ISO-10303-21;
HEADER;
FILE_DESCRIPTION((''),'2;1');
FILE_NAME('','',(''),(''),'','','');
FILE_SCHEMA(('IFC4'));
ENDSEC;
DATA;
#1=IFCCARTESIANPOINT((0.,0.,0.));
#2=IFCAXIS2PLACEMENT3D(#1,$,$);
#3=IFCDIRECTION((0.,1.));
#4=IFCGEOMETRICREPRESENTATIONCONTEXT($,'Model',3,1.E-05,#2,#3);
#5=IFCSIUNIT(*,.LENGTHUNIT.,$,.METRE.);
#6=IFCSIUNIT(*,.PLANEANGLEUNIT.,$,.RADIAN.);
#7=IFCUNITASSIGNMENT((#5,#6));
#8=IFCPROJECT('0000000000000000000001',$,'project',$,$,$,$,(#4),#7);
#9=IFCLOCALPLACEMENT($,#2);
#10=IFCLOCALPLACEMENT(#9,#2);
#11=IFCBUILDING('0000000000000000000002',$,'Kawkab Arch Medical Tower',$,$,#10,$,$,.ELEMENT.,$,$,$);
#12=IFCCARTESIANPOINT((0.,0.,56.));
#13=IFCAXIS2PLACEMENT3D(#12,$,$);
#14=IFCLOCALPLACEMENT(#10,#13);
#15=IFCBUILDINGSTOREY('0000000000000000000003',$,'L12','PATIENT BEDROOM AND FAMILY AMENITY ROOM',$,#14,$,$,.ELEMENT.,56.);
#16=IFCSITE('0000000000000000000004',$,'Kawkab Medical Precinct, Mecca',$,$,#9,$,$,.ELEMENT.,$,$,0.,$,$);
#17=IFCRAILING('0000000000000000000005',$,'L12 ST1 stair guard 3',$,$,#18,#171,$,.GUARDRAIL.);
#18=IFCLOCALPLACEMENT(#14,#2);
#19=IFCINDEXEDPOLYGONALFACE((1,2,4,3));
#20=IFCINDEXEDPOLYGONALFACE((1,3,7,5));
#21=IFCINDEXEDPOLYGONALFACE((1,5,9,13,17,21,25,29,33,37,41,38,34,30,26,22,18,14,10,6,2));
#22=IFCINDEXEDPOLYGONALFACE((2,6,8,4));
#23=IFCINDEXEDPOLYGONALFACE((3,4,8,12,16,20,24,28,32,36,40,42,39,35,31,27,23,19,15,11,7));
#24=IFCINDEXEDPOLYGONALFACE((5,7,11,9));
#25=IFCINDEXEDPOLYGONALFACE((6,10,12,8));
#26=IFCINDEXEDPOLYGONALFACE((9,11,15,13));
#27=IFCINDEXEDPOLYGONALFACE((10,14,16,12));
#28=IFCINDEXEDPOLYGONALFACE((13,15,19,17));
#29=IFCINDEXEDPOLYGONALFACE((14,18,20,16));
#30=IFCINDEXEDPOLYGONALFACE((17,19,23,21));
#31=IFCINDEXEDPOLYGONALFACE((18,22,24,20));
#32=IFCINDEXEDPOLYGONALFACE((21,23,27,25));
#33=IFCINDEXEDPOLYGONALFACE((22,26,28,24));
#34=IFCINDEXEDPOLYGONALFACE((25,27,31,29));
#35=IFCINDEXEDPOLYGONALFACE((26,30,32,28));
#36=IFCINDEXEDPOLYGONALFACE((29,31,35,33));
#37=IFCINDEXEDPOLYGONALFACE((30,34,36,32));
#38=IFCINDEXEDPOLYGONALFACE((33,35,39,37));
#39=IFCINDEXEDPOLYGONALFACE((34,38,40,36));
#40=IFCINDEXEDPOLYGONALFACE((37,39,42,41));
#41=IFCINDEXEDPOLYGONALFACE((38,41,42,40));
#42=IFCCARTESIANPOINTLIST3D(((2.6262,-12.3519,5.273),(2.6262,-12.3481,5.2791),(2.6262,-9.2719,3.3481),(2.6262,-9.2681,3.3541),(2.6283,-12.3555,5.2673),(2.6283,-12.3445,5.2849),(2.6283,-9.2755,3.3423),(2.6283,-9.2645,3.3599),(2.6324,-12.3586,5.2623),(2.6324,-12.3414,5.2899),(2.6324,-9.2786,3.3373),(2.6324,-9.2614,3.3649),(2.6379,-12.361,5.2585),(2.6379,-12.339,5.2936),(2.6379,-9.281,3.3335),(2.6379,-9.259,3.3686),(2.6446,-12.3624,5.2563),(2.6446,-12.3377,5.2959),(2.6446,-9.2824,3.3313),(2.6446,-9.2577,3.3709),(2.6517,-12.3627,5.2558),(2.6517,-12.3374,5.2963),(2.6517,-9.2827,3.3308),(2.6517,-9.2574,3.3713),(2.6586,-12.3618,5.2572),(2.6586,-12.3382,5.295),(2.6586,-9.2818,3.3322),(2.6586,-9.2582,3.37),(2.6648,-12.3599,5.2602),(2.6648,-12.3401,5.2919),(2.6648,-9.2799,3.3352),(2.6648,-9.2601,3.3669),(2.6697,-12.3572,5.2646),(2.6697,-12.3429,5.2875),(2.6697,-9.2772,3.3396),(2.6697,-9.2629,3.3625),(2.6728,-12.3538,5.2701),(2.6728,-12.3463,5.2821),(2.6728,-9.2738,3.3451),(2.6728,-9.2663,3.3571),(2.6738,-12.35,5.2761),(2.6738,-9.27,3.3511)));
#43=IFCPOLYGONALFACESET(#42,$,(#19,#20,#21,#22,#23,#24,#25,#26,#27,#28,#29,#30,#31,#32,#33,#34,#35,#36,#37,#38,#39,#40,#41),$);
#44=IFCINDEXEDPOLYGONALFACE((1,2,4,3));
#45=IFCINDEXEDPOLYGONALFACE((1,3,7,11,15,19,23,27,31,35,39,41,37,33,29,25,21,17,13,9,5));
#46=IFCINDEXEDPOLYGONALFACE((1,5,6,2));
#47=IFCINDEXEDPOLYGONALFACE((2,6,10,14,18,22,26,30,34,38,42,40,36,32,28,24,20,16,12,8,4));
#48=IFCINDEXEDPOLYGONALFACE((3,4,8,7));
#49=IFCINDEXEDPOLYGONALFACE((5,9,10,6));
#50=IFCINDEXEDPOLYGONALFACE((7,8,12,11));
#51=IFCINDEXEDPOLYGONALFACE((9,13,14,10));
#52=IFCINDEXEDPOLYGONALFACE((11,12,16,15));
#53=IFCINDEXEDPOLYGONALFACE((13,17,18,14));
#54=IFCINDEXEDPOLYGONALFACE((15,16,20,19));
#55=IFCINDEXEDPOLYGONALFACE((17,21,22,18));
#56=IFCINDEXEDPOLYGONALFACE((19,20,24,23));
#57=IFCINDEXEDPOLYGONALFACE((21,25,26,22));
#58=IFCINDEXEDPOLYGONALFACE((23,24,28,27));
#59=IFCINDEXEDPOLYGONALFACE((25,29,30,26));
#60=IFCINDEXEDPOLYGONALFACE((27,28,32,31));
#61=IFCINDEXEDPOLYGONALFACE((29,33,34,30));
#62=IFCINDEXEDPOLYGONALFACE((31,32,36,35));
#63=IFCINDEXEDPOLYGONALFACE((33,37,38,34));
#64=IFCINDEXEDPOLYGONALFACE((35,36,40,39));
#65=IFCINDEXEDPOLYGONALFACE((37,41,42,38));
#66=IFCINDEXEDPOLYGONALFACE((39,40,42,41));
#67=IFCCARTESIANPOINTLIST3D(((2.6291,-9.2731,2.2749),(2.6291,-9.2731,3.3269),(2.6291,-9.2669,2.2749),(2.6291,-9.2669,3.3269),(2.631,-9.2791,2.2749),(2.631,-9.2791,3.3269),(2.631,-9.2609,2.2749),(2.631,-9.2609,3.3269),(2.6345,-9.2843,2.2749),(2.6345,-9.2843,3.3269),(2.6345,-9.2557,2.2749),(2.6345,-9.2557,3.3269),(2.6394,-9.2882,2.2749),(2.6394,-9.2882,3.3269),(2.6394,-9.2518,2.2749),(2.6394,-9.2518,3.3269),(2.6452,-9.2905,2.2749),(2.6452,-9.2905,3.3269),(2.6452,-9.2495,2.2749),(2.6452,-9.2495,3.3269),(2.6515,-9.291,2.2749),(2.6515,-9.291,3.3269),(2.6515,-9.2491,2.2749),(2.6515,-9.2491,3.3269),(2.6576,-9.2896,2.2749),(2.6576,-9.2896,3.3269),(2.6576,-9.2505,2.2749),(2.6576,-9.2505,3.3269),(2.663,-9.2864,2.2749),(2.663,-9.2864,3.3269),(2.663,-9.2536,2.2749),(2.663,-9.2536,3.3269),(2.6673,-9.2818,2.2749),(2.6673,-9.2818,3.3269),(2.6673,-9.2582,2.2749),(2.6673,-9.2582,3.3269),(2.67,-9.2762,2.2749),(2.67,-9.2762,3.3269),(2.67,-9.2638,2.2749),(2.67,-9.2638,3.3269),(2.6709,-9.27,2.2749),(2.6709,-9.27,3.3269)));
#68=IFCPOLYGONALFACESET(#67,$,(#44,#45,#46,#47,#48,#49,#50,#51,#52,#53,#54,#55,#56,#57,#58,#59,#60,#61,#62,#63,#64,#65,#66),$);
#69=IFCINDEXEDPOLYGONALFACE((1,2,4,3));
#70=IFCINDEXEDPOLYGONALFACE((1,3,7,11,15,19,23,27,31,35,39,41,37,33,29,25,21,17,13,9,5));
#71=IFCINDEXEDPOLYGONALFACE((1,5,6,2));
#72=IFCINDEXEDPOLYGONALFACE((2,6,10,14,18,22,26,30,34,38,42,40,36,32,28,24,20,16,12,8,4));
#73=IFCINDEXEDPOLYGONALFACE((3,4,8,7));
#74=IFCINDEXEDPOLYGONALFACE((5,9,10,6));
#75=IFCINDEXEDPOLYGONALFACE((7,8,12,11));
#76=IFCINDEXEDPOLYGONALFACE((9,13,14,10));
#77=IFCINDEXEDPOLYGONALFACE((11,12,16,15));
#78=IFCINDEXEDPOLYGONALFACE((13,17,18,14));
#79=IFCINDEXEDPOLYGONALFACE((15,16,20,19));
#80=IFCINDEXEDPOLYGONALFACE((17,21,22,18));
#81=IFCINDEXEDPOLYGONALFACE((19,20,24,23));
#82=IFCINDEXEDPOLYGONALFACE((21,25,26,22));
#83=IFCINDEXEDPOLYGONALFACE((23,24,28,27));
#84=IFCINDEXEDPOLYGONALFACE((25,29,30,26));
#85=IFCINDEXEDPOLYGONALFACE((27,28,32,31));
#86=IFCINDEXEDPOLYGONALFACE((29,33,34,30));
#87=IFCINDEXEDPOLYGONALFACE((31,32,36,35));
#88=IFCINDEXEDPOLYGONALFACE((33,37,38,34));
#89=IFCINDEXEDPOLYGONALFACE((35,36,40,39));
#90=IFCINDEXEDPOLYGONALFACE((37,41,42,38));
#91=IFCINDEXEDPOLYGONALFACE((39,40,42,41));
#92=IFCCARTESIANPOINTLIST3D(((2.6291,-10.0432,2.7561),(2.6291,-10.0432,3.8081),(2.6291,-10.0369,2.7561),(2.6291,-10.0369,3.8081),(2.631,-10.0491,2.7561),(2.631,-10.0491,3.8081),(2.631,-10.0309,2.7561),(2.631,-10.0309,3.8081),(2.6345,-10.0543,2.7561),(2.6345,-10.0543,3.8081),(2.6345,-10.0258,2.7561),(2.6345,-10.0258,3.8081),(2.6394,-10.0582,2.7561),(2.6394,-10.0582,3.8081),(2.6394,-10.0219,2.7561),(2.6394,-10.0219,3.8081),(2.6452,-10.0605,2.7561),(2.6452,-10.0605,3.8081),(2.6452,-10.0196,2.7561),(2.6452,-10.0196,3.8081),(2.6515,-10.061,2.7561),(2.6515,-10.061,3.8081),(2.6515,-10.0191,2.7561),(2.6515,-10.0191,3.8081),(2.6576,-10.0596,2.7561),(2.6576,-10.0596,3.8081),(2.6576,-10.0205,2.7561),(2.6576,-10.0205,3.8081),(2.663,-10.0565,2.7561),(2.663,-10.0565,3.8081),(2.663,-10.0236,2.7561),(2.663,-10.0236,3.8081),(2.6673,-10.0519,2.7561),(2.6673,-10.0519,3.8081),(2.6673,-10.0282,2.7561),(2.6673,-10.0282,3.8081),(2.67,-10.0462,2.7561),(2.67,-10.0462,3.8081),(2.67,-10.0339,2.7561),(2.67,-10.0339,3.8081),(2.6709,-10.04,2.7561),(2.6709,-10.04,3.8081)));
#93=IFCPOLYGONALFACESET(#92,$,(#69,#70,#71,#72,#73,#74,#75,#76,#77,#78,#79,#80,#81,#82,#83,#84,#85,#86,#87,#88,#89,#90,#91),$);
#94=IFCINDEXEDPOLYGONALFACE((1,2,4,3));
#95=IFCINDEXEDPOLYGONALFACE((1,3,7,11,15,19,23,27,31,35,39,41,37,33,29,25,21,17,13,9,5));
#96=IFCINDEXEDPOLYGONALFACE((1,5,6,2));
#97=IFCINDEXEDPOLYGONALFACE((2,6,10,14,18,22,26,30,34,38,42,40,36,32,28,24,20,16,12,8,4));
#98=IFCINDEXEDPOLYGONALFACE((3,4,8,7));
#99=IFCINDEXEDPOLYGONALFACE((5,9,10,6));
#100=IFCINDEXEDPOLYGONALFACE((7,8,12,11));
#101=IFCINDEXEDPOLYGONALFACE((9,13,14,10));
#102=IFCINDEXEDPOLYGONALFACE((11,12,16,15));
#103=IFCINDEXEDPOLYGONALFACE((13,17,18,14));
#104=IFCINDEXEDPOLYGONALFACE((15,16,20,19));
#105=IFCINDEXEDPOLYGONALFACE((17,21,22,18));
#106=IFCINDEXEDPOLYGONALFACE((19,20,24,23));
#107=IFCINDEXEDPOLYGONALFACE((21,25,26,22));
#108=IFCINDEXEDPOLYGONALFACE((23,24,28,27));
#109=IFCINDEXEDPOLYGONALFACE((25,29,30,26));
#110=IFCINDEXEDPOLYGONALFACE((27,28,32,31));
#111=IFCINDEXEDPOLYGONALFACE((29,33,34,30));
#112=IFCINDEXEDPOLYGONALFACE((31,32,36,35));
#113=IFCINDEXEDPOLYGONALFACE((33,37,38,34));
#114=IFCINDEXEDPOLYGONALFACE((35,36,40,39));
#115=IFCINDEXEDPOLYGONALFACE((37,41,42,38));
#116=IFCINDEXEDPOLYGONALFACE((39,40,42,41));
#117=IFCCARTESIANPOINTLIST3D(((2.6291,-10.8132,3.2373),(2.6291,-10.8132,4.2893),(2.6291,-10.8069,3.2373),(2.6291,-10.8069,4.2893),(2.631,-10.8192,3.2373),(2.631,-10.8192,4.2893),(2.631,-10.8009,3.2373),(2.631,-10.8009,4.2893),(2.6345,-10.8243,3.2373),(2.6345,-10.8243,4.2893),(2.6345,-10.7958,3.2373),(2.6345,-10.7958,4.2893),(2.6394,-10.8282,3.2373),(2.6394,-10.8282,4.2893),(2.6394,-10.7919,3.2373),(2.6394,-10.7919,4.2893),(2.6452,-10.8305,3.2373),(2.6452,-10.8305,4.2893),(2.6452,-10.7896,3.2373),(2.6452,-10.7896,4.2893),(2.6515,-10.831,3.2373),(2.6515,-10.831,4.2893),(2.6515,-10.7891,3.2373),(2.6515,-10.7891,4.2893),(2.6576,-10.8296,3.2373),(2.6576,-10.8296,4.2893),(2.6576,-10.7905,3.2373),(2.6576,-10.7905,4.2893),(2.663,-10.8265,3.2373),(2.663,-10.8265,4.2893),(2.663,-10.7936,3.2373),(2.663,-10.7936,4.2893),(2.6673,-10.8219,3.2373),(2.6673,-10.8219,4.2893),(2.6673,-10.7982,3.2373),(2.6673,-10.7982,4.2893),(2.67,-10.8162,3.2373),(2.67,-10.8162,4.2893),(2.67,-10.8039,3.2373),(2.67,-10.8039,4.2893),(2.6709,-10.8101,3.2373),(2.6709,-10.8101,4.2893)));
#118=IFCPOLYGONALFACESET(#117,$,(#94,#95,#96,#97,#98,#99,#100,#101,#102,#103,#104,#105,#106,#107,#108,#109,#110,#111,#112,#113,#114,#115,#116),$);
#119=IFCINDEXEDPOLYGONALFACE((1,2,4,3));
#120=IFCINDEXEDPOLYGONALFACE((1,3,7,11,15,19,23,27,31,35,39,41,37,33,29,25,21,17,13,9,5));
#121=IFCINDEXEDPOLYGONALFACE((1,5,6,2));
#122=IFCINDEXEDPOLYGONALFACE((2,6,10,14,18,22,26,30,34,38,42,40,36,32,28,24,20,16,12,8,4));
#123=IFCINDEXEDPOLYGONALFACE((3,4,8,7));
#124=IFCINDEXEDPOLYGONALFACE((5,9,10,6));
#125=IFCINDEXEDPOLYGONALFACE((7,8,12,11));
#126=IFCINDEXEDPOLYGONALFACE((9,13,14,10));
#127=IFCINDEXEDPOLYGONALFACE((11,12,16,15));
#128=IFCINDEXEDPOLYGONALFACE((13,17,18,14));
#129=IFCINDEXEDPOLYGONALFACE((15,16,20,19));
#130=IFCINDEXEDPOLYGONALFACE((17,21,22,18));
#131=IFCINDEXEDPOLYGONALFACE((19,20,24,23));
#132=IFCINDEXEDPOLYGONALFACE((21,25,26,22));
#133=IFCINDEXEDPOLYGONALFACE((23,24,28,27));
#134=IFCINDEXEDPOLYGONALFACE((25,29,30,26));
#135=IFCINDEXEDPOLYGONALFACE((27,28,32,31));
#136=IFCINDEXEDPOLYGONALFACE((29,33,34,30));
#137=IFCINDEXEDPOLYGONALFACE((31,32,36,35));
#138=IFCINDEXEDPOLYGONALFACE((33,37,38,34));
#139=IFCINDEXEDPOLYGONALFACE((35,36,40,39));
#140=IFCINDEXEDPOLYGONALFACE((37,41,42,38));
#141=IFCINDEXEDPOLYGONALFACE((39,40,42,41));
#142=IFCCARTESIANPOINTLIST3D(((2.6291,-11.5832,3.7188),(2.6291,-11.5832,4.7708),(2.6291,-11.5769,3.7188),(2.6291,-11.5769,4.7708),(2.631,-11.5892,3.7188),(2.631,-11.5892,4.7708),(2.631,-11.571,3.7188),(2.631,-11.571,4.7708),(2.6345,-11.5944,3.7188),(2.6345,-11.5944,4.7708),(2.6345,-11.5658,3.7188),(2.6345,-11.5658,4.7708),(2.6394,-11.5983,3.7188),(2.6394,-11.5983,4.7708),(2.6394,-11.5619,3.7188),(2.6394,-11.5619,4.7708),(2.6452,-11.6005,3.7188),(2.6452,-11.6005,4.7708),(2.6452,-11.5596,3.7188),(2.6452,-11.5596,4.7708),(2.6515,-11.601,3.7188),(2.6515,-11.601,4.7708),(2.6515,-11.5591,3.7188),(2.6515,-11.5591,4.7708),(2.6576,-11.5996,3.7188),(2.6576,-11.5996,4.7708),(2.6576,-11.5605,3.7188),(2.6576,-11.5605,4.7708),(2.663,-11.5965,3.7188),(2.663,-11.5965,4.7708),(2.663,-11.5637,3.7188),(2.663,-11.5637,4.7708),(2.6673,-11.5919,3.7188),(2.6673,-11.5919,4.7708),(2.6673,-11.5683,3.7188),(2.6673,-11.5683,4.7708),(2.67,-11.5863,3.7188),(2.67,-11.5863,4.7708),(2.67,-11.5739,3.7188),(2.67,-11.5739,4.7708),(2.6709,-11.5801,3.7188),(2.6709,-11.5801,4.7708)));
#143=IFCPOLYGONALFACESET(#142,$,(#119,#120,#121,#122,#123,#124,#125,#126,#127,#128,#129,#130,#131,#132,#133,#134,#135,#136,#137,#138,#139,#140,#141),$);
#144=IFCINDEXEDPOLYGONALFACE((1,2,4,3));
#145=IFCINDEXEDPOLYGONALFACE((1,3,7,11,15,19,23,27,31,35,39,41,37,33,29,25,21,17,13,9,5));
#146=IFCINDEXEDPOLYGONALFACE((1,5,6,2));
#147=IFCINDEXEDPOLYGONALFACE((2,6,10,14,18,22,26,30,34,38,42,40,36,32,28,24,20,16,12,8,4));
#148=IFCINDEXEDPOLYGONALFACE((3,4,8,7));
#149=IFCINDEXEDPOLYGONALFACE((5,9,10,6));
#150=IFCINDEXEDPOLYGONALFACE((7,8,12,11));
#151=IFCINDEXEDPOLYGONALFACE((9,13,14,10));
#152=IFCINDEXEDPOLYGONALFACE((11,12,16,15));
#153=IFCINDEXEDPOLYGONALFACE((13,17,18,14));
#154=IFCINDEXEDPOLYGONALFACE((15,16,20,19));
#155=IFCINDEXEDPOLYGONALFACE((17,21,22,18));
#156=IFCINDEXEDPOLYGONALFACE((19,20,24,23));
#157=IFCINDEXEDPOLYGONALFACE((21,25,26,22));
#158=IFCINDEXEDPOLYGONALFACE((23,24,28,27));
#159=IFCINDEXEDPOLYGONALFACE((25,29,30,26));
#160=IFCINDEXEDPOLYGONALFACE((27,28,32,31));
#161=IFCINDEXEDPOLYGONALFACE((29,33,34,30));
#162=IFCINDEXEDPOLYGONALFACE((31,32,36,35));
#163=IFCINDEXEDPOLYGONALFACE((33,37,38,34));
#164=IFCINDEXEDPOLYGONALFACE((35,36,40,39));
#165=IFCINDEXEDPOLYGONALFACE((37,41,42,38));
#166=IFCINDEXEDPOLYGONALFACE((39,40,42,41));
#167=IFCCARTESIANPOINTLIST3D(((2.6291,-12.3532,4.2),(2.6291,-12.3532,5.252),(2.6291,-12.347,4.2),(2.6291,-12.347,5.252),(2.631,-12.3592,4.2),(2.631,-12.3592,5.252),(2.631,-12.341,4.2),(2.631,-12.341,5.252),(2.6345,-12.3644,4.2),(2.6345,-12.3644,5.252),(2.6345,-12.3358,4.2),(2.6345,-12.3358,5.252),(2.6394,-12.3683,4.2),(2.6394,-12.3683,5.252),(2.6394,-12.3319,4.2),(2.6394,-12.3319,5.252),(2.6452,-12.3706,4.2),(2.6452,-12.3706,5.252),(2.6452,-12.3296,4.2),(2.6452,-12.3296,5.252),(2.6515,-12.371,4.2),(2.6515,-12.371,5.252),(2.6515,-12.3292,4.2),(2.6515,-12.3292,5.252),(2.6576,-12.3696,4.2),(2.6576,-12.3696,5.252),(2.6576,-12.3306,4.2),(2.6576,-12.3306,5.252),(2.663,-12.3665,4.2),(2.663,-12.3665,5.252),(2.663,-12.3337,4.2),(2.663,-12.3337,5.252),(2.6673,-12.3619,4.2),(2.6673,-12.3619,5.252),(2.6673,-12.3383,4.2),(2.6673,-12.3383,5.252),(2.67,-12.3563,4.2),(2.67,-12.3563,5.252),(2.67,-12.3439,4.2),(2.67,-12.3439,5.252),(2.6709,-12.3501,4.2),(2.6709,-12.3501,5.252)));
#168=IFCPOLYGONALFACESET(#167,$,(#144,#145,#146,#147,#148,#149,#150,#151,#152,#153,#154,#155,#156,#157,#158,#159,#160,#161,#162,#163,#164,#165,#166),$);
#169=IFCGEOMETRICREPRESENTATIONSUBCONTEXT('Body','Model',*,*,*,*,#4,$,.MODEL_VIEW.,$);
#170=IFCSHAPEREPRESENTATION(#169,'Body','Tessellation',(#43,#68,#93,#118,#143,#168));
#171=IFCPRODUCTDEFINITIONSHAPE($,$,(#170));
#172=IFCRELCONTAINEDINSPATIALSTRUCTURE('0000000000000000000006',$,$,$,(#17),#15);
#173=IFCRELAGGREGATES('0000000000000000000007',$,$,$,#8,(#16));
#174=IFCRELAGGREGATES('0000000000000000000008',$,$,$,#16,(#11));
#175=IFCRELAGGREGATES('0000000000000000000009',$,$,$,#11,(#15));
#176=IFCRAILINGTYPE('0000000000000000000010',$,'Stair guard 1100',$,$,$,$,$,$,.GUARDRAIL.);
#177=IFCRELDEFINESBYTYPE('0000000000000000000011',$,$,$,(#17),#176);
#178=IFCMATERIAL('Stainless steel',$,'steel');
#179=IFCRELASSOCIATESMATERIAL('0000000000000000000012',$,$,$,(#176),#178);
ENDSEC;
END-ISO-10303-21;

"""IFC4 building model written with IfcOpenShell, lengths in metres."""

from ifc_helpers import new_model, si_unit, direction, frame, origin, origin_2d, place, context, subcontext, project, spatial, circle, extrude, material, type_object, element, save


model = new_model("IFC4")

# Units and contexts
model_context = context("Model", 3, precision=1e-05, world=origin(), true_north=direction((0.0, 1.0)))
body_context = subcontext(model_context, "Body", "Model", "MODEL_VIEW")
ifc_project = project(units=[si_unit("LENGTHUNIT", "METRE"), si_unit("PLANEANGLEUNIT", "RADIAN")], contexts=[model_context])

# Site, building, storey
site_placement = place(None, origin())
site = spatial("IfcSite", under=ifc_project, at=site_placement, Name="Kawkab Medical Precinct, Mecca", CompositionType="ELEMENT", RefElevation=0.0)
building_placement = place(site_placement, origin())
building = spatial("IfcBuilding", under=site, at=building_placement, Name="Kawkab Arch Medical Tower", CompositionType="ELEMENT")
storey_placement = place(building_placement, frame((0.0, 0.0, 56.0)))
storey = spatial("IfcBuildingStorey", under=building, at=storey_placement, Name="L12", Description="PATIENT BEDROOM AND FAMILY AMENITY ROOM", CompositionType="ELEMENT", Elevation=56.0)

# Railing
ifc_material_1 = material(Name="Stainless steel", Category="steel")
railing_type_1 = type_object("IfcRailingType", Name="Stair guard 1100", PredefinedType="GUARDRAIL", material=ifc_material_1)
railing_1_placement = place(storey_placement, frame((2.6499, -9.27, 2.2749)))
element("IfcRailing", 1, at=railing_1_placement, inside=storey, type_object=railing_type_1, Name="L12 ST1 stair guard 3", PredefinedType="GUARDRAIL", context=body_context, shape_type="SweptSolid", body=[
    extrude(circle(Radius=0.0239, at=origin_2d()), frame((0.0, 0.0, 1.0762), z_axis=(0.0, -0.847998, 0.529999), x_axis=(1.0, 0.0, 0.0)), (0.0, 0.0, 1.0), 3.6321),
    extrude(circle(Radius=0.021, at=origin_2d()), origin(), (0.0, 0.0, 1.0), 1.052),
    extrude(circle(Radius=0.021, at=origin_2d()), frame((0.0, -0.77, 0.4812)), (0.0, 0.0, 1.0), 1.052),
    extrude(circle(Radius=0.021, at=origin_2d()), frame((0.0, -1.54, 0.9624)), (0.0, 0.0, 1.0), 1.052),
    extrude(circle(Radius=0.021, at=origin_2d()), frame((0.0, -2.3101, 1.4438)), (0.0, 0.0, 1.0), 1.052),
    extrude(circle(Radius=0.021, at=origin_2d()), frame((0.0, -3.0801, 1.925)), (0.0, 0.0, 1.0), 1.052),
])

save(model, "model.ifc")
